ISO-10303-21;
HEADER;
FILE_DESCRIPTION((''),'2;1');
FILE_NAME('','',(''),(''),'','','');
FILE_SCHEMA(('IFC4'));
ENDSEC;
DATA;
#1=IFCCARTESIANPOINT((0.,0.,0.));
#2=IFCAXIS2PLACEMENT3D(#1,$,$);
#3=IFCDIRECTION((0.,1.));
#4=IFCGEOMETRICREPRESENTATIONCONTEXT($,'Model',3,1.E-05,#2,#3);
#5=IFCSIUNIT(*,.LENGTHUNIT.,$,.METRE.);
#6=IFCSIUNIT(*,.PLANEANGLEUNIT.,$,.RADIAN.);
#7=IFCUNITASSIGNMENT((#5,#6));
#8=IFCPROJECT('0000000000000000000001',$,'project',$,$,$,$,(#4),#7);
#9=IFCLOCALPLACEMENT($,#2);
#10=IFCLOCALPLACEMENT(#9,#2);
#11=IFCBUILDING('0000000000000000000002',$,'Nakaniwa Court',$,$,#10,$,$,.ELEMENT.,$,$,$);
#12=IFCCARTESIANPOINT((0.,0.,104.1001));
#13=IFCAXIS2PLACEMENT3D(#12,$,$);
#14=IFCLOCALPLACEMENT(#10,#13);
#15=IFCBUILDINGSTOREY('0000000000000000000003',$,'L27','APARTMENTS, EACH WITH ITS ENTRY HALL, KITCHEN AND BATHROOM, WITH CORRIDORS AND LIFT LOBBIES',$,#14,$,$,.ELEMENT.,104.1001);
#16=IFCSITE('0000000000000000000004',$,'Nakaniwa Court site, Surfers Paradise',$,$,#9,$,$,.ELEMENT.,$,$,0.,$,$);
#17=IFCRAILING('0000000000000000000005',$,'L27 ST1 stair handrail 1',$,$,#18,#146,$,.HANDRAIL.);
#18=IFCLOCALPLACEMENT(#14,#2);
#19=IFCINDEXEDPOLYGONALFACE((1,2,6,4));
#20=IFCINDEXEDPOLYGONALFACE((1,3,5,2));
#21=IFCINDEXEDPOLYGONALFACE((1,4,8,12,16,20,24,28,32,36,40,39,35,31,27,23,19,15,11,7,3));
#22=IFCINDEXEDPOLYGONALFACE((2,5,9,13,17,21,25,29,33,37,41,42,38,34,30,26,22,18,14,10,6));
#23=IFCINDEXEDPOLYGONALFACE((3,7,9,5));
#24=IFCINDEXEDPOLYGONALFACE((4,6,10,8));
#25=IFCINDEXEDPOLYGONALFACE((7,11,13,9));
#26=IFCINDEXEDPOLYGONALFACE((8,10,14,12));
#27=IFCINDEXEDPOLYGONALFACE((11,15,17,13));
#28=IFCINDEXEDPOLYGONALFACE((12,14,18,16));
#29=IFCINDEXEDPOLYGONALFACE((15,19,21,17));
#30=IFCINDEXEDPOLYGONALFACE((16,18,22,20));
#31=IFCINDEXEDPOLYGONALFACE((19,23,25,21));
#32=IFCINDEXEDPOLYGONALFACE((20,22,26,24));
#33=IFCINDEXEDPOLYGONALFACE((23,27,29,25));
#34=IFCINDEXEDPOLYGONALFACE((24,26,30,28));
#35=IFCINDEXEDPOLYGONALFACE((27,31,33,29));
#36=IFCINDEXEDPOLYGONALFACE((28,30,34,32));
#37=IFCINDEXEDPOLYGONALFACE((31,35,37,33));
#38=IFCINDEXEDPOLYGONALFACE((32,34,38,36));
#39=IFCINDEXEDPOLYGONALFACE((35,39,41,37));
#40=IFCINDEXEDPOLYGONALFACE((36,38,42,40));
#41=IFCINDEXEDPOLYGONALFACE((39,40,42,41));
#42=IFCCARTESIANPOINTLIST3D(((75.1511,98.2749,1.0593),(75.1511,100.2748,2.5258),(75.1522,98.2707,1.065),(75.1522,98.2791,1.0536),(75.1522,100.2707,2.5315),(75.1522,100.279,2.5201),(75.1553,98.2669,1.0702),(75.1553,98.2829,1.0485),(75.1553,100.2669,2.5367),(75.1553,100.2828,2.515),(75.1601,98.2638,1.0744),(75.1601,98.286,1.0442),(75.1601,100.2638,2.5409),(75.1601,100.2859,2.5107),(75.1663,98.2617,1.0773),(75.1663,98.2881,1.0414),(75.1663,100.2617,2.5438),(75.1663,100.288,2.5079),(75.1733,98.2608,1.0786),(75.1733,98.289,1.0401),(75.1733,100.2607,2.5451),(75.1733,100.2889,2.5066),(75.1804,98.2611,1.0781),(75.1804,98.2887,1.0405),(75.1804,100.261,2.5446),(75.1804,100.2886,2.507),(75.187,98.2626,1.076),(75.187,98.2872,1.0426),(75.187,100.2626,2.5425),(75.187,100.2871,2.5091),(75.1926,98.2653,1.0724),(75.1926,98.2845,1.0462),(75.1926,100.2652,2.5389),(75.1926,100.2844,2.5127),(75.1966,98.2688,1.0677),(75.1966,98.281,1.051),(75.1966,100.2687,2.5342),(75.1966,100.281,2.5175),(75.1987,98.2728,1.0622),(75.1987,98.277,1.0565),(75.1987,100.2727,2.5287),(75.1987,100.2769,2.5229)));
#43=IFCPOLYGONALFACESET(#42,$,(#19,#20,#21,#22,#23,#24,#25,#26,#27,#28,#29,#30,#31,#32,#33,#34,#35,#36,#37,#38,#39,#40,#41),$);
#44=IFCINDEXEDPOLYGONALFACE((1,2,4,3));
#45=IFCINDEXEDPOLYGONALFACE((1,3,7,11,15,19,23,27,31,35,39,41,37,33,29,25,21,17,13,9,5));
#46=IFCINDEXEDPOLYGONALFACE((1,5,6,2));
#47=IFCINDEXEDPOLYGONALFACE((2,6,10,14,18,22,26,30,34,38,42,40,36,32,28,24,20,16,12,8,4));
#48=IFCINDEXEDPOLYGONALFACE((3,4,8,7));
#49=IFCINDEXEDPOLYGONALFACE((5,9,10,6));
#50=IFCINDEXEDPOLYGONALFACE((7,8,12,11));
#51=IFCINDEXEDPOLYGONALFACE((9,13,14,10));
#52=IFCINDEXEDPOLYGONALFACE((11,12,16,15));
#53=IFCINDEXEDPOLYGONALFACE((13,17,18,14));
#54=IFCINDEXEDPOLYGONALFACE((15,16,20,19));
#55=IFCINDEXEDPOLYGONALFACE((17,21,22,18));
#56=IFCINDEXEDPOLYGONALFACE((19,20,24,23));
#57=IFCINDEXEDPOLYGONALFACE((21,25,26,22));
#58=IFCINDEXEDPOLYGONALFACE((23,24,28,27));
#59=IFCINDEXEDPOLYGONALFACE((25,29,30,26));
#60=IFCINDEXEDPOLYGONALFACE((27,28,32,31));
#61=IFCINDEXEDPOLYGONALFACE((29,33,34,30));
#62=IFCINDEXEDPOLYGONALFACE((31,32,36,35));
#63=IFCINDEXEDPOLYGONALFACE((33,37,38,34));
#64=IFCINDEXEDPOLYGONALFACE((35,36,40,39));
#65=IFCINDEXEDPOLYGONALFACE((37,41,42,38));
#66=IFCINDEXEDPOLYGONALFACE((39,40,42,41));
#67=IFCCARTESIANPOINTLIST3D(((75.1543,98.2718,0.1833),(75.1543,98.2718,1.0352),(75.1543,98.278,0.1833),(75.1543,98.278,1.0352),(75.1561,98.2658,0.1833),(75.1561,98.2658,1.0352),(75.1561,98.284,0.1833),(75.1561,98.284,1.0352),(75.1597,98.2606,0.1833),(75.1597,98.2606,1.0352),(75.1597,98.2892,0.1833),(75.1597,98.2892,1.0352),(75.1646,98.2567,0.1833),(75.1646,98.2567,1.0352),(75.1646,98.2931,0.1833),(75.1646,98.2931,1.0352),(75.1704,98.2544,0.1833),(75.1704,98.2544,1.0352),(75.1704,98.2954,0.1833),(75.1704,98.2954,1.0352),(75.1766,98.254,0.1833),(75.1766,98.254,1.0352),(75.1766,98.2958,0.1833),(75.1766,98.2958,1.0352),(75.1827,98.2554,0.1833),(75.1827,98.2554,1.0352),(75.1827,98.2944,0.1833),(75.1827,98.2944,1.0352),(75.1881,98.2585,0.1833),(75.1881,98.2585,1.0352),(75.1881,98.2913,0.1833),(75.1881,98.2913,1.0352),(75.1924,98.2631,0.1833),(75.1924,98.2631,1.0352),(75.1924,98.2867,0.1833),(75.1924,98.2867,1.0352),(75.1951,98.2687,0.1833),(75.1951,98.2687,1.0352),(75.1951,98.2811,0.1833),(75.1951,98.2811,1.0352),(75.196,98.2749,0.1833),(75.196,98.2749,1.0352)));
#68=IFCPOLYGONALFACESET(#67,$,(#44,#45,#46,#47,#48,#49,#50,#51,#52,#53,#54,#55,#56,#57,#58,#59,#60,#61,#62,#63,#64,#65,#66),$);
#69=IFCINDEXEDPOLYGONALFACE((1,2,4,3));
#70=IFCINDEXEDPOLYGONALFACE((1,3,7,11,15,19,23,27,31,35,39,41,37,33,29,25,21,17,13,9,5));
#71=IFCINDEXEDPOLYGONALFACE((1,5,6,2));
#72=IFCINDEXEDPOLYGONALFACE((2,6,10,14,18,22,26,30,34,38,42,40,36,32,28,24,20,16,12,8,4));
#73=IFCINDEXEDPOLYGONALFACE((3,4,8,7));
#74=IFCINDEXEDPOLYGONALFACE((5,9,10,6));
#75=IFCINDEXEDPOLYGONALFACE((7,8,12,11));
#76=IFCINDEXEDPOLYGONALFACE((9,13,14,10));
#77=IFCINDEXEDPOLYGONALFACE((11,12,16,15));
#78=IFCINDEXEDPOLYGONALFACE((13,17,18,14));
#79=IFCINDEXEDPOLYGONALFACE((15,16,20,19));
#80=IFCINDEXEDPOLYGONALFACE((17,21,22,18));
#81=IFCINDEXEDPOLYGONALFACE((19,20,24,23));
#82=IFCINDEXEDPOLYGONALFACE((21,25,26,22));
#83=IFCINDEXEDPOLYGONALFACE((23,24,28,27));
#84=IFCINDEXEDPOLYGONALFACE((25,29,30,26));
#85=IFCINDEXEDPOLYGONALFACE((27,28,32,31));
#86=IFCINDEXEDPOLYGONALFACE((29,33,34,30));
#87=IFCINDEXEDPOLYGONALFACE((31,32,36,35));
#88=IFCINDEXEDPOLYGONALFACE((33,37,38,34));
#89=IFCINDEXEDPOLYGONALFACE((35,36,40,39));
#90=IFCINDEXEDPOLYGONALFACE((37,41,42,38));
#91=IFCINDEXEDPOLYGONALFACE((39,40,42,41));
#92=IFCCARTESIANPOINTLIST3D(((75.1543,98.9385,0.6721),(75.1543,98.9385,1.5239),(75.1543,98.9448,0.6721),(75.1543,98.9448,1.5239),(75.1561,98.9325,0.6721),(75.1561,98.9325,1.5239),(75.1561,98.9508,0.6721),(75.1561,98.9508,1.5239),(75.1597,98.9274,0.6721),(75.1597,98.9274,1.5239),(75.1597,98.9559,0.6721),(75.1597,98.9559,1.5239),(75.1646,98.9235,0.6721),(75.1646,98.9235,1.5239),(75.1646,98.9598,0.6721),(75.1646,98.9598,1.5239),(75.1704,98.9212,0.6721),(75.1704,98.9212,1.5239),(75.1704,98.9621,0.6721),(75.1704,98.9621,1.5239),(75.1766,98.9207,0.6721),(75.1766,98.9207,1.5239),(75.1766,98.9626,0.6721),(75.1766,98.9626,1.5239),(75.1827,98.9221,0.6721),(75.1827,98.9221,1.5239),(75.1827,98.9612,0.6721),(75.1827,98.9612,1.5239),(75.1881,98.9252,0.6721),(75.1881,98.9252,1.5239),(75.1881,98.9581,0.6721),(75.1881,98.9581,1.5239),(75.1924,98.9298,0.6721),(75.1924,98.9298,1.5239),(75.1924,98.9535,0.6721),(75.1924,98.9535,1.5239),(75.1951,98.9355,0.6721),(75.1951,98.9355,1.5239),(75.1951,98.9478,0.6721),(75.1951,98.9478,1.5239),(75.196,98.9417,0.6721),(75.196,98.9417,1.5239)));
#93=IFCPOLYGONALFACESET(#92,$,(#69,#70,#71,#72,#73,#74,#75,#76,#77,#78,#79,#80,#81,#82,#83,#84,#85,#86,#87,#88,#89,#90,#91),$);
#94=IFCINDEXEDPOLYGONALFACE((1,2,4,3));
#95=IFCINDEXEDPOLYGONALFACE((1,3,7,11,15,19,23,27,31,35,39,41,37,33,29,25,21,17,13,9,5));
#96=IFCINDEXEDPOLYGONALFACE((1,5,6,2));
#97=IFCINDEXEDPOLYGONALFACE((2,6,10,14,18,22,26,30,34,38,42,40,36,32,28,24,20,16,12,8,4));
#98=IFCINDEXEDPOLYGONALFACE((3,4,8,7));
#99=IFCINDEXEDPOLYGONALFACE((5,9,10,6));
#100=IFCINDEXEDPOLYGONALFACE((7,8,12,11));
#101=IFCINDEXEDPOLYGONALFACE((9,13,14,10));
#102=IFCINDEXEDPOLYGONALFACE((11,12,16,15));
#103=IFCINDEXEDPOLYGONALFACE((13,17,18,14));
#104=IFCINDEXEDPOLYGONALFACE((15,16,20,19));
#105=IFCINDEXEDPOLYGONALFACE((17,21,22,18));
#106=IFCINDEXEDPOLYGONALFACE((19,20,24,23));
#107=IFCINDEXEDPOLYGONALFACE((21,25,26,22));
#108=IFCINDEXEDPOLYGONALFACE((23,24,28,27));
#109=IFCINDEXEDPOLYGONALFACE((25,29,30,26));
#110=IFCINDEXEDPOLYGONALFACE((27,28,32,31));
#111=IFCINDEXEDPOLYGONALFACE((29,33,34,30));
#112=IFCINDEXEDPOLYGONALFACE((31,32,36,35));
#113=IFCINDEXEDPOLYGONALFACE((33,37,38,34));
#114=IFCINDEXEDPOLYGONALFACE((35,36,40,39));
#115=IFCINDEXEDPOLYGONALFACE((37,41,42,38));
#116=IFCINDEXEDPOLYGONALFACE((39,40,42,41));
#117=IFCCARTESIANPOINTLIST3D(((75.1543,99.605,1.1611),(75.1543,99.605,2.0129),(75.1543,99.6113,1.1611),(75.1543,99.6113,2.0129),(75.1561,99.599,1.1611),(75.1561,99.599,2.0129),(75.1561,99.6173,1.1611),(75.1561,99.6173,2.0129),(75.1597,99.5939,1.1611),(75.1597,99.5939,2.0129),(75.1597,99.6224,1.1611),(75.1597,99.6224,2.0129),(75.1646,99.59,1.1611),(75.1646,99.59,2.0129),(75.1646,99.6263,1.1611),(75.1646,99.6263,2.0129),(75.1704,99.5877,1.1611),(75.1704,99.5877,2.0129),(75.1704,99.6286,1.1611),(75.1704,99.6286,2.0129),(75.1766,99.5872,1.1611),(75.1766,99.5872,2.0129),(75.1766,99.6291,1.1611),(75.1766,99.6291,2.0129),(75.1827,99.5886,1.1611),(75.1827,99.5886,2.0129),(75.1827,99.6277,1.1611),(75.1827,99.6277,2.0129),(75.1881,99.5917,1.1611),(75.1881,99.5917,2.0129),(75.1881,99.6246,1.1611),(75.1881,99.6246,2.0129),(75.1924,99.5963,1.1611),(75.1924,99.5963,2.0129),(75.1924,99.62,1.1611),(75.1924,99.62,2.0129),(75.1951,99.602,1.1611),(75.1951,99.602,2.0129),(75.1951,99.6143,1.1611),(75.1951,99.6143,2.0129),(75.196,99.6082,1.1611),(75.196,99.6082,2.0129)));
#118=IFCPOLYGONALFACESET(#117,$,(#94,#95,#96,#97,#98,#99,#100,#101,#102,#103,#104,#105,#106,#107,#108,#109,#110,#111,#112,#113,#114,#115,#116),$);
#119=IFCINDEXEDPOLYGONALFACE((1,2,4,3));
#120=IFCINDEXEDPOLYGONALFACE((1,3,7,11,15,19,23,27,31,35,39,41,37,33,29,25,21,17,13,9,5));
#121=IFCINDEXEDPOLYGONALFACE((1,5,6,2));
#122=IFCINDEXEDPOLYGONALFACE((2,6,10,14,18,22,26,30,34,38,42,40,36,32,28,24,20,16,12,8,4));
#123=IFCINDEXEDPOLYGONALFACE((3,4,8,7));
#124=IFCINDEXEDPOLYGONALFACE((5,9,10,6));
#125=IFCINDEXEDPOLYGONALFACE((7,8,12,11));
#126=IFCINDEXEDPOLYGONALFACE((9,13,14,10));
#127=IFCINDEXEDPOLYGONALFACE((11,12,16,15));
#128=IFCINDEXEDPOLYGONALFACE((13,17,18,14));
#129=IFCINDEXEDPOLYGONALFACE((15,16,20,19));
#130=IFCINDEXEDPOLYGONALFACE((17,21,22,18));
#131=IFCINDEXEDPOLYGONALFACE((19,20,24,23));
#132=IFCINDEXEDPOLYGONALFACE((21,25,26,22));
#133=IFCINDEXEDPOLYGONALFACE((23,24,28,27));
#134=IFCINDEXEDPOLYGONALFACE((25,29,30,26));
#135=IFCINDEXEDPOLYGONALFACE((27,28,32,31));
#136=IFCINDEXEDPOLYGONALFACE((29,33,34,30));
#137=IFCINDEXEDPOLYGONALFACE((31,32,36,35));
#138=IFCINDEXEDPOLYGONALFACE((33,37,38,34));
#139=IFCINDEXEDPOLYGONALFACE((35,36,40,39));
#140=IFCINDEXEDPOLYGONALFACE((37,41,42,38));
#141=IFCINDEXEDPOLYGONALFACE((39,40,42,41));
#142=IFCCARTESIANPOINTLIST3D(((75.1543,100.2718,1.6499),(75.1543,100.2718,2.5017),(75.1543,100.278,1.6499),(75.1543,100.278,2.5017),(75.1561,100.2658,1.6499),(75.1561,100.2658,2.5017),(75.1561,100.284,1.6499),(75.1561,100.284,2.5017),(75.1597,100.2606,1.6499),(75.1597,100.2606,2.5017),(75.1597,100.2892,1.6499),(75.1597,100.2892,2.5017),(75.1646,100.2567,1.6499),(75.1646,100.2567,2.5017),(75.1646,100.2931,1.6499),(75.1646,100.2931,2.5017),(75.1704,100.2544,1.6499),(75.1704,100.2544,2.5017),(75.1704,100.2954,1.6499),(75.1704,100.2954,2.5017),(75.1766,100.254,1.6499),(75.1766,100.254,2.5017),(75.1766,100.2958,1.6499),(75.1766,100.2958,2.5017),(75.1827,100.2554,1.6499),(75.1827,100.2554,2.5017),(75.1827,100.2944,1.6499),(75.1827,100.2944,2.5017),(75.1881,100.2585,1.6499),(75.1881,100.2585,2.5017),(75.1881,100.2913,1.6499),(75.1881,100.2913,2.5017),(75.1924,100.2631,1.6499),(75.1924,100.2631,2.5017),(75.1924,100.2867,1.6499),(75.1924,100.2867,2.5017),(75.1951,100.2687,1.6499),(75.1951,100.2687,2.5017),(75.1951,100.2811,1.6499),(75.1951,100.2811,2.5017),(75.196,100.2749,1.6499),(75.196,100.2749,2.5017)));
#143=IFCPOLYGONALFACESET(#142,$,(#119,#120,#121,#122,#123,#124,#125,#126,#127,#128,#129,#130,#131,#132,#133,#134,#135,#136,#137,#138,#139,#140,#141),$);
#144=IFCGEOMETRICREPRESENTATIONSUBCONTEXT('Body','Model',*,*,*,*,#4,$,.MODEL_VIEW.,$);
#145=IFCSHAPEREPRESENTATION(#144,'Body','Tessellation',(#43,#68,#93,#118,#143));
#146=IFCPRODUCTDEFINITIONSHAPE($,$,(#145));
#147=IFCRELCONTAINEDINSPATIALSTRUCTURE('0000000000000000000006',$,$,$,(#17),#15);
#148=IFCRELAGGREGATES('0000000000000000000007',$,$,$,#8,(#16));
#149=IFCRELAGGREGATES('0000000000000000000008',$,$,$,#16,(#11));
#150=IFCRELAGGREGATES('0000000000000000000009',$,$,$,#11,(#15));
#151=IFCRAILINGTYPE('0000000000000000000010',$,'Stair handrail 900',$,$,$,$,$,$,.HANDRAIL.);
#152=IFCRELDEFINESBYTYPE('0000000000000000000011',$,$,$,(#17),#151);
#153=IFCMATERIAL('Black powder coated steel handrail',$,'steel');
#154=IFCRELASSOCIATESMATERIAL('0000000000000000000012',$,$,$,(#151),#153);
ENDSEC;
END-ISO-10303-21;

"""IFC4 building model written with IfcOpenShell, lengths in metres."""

from ifc_helpers import new_model, si_unit, direction, frame, origin, origin_2d, place, context, subcontext, project, spatial, circle, extrude, material, type_object, element, save


model = new_model("IFC4")

# Units and contexts
model_context = context("Model", 3, precision=1e-05, world=origin(), true_north=direction((0.0, 1.0)))
body_context = subcontext(model_context, "Body", "Model", "MODEL_VIEW")
ifc_project = project(units=[si_unit("LENGTHUNIT", "METRE"), si_unit("PLANEANGLEUNIT", "RADIAN")], contexts=[model_context])

# Site, building, storey
site_placement = place(None, origin())
site = spatial("IfcSite", under=ifc_project, at=site_placement, Name="Nakaniwa Court site, Surfers Paradise", CompositionType="ELEMENT", RefElevation=0.0)
building_placement = place(site_placement, origin())
building = spatial("IfcBuilding", under=site, at=building_placement, Name="Nakaniwa Court", CompositionType="ELEMENT")
storey_placement = place(building_placement, frame((0.0, 0.0, 104.1001)))
storey = spatial("IfcBuildingStorey", under=building, at=storey_placement, Name="L27", Description="APARTMENTS, EACH WITH ITS ENTRY HALL, KITCHEN AND BATHROOM, WITH CORRIDORS AND LIFT LOBBIES", CompositionType="ELEMENT", Elevation=104.1001)

# Railing
ifc_material_1 = material(Name="Black powder coated steel handrail", Category="steel")
railing_type_1 = type_object("IfcRailingType", Name="Stair handrail 900", PredefinedType="HANDRAIL", material=ifc_material_1)
railing_1_placement = place(storey_placement, frame((75.175, 98.2749, 0.1833)))
element("IfcRailing", 1, at=railing_1_placement, inside=storey, type_object=railing_type_1, Name="L27 ST1 stair handrail 1", PredefinedType="HANDRAIL", context=body_context, shape_type="SweptSolid", body=[
    extrude(circle(Radius=0.0239, at=origin_2d()), frame((0.0, 0.0, 0.876), z_axis=(0.0, 0.806427, 0.591334), x_axis=(-1.0, 0.0, 0.0)), (0.0, 0.0, 1.0), 2.48),
    extrude(circle(Radius=0.021, at=origin_2d()), origin(), (0.0, 0.0, 1.0), 0.8518),
    extrude(circle(Radius=0.021, at=origin_2d()), frame((0.0, 0.6667, 0.4888)), (0.0, 0.0, 1.0), 0.8518),
    extrude(circle(Radius=0.021, at=origin_2d()), frame((0.0, 1.3333, 0.9778)), (0.0, 0.0, 1.0), 0.8518),
    extrude(circle(Radius=0.021, at=origin_2d()), frame((0.0, 2.0, 1.4666)), (0.0, 0.0, 1.0), 0.8518),
])

save(model, "model.ifc")
